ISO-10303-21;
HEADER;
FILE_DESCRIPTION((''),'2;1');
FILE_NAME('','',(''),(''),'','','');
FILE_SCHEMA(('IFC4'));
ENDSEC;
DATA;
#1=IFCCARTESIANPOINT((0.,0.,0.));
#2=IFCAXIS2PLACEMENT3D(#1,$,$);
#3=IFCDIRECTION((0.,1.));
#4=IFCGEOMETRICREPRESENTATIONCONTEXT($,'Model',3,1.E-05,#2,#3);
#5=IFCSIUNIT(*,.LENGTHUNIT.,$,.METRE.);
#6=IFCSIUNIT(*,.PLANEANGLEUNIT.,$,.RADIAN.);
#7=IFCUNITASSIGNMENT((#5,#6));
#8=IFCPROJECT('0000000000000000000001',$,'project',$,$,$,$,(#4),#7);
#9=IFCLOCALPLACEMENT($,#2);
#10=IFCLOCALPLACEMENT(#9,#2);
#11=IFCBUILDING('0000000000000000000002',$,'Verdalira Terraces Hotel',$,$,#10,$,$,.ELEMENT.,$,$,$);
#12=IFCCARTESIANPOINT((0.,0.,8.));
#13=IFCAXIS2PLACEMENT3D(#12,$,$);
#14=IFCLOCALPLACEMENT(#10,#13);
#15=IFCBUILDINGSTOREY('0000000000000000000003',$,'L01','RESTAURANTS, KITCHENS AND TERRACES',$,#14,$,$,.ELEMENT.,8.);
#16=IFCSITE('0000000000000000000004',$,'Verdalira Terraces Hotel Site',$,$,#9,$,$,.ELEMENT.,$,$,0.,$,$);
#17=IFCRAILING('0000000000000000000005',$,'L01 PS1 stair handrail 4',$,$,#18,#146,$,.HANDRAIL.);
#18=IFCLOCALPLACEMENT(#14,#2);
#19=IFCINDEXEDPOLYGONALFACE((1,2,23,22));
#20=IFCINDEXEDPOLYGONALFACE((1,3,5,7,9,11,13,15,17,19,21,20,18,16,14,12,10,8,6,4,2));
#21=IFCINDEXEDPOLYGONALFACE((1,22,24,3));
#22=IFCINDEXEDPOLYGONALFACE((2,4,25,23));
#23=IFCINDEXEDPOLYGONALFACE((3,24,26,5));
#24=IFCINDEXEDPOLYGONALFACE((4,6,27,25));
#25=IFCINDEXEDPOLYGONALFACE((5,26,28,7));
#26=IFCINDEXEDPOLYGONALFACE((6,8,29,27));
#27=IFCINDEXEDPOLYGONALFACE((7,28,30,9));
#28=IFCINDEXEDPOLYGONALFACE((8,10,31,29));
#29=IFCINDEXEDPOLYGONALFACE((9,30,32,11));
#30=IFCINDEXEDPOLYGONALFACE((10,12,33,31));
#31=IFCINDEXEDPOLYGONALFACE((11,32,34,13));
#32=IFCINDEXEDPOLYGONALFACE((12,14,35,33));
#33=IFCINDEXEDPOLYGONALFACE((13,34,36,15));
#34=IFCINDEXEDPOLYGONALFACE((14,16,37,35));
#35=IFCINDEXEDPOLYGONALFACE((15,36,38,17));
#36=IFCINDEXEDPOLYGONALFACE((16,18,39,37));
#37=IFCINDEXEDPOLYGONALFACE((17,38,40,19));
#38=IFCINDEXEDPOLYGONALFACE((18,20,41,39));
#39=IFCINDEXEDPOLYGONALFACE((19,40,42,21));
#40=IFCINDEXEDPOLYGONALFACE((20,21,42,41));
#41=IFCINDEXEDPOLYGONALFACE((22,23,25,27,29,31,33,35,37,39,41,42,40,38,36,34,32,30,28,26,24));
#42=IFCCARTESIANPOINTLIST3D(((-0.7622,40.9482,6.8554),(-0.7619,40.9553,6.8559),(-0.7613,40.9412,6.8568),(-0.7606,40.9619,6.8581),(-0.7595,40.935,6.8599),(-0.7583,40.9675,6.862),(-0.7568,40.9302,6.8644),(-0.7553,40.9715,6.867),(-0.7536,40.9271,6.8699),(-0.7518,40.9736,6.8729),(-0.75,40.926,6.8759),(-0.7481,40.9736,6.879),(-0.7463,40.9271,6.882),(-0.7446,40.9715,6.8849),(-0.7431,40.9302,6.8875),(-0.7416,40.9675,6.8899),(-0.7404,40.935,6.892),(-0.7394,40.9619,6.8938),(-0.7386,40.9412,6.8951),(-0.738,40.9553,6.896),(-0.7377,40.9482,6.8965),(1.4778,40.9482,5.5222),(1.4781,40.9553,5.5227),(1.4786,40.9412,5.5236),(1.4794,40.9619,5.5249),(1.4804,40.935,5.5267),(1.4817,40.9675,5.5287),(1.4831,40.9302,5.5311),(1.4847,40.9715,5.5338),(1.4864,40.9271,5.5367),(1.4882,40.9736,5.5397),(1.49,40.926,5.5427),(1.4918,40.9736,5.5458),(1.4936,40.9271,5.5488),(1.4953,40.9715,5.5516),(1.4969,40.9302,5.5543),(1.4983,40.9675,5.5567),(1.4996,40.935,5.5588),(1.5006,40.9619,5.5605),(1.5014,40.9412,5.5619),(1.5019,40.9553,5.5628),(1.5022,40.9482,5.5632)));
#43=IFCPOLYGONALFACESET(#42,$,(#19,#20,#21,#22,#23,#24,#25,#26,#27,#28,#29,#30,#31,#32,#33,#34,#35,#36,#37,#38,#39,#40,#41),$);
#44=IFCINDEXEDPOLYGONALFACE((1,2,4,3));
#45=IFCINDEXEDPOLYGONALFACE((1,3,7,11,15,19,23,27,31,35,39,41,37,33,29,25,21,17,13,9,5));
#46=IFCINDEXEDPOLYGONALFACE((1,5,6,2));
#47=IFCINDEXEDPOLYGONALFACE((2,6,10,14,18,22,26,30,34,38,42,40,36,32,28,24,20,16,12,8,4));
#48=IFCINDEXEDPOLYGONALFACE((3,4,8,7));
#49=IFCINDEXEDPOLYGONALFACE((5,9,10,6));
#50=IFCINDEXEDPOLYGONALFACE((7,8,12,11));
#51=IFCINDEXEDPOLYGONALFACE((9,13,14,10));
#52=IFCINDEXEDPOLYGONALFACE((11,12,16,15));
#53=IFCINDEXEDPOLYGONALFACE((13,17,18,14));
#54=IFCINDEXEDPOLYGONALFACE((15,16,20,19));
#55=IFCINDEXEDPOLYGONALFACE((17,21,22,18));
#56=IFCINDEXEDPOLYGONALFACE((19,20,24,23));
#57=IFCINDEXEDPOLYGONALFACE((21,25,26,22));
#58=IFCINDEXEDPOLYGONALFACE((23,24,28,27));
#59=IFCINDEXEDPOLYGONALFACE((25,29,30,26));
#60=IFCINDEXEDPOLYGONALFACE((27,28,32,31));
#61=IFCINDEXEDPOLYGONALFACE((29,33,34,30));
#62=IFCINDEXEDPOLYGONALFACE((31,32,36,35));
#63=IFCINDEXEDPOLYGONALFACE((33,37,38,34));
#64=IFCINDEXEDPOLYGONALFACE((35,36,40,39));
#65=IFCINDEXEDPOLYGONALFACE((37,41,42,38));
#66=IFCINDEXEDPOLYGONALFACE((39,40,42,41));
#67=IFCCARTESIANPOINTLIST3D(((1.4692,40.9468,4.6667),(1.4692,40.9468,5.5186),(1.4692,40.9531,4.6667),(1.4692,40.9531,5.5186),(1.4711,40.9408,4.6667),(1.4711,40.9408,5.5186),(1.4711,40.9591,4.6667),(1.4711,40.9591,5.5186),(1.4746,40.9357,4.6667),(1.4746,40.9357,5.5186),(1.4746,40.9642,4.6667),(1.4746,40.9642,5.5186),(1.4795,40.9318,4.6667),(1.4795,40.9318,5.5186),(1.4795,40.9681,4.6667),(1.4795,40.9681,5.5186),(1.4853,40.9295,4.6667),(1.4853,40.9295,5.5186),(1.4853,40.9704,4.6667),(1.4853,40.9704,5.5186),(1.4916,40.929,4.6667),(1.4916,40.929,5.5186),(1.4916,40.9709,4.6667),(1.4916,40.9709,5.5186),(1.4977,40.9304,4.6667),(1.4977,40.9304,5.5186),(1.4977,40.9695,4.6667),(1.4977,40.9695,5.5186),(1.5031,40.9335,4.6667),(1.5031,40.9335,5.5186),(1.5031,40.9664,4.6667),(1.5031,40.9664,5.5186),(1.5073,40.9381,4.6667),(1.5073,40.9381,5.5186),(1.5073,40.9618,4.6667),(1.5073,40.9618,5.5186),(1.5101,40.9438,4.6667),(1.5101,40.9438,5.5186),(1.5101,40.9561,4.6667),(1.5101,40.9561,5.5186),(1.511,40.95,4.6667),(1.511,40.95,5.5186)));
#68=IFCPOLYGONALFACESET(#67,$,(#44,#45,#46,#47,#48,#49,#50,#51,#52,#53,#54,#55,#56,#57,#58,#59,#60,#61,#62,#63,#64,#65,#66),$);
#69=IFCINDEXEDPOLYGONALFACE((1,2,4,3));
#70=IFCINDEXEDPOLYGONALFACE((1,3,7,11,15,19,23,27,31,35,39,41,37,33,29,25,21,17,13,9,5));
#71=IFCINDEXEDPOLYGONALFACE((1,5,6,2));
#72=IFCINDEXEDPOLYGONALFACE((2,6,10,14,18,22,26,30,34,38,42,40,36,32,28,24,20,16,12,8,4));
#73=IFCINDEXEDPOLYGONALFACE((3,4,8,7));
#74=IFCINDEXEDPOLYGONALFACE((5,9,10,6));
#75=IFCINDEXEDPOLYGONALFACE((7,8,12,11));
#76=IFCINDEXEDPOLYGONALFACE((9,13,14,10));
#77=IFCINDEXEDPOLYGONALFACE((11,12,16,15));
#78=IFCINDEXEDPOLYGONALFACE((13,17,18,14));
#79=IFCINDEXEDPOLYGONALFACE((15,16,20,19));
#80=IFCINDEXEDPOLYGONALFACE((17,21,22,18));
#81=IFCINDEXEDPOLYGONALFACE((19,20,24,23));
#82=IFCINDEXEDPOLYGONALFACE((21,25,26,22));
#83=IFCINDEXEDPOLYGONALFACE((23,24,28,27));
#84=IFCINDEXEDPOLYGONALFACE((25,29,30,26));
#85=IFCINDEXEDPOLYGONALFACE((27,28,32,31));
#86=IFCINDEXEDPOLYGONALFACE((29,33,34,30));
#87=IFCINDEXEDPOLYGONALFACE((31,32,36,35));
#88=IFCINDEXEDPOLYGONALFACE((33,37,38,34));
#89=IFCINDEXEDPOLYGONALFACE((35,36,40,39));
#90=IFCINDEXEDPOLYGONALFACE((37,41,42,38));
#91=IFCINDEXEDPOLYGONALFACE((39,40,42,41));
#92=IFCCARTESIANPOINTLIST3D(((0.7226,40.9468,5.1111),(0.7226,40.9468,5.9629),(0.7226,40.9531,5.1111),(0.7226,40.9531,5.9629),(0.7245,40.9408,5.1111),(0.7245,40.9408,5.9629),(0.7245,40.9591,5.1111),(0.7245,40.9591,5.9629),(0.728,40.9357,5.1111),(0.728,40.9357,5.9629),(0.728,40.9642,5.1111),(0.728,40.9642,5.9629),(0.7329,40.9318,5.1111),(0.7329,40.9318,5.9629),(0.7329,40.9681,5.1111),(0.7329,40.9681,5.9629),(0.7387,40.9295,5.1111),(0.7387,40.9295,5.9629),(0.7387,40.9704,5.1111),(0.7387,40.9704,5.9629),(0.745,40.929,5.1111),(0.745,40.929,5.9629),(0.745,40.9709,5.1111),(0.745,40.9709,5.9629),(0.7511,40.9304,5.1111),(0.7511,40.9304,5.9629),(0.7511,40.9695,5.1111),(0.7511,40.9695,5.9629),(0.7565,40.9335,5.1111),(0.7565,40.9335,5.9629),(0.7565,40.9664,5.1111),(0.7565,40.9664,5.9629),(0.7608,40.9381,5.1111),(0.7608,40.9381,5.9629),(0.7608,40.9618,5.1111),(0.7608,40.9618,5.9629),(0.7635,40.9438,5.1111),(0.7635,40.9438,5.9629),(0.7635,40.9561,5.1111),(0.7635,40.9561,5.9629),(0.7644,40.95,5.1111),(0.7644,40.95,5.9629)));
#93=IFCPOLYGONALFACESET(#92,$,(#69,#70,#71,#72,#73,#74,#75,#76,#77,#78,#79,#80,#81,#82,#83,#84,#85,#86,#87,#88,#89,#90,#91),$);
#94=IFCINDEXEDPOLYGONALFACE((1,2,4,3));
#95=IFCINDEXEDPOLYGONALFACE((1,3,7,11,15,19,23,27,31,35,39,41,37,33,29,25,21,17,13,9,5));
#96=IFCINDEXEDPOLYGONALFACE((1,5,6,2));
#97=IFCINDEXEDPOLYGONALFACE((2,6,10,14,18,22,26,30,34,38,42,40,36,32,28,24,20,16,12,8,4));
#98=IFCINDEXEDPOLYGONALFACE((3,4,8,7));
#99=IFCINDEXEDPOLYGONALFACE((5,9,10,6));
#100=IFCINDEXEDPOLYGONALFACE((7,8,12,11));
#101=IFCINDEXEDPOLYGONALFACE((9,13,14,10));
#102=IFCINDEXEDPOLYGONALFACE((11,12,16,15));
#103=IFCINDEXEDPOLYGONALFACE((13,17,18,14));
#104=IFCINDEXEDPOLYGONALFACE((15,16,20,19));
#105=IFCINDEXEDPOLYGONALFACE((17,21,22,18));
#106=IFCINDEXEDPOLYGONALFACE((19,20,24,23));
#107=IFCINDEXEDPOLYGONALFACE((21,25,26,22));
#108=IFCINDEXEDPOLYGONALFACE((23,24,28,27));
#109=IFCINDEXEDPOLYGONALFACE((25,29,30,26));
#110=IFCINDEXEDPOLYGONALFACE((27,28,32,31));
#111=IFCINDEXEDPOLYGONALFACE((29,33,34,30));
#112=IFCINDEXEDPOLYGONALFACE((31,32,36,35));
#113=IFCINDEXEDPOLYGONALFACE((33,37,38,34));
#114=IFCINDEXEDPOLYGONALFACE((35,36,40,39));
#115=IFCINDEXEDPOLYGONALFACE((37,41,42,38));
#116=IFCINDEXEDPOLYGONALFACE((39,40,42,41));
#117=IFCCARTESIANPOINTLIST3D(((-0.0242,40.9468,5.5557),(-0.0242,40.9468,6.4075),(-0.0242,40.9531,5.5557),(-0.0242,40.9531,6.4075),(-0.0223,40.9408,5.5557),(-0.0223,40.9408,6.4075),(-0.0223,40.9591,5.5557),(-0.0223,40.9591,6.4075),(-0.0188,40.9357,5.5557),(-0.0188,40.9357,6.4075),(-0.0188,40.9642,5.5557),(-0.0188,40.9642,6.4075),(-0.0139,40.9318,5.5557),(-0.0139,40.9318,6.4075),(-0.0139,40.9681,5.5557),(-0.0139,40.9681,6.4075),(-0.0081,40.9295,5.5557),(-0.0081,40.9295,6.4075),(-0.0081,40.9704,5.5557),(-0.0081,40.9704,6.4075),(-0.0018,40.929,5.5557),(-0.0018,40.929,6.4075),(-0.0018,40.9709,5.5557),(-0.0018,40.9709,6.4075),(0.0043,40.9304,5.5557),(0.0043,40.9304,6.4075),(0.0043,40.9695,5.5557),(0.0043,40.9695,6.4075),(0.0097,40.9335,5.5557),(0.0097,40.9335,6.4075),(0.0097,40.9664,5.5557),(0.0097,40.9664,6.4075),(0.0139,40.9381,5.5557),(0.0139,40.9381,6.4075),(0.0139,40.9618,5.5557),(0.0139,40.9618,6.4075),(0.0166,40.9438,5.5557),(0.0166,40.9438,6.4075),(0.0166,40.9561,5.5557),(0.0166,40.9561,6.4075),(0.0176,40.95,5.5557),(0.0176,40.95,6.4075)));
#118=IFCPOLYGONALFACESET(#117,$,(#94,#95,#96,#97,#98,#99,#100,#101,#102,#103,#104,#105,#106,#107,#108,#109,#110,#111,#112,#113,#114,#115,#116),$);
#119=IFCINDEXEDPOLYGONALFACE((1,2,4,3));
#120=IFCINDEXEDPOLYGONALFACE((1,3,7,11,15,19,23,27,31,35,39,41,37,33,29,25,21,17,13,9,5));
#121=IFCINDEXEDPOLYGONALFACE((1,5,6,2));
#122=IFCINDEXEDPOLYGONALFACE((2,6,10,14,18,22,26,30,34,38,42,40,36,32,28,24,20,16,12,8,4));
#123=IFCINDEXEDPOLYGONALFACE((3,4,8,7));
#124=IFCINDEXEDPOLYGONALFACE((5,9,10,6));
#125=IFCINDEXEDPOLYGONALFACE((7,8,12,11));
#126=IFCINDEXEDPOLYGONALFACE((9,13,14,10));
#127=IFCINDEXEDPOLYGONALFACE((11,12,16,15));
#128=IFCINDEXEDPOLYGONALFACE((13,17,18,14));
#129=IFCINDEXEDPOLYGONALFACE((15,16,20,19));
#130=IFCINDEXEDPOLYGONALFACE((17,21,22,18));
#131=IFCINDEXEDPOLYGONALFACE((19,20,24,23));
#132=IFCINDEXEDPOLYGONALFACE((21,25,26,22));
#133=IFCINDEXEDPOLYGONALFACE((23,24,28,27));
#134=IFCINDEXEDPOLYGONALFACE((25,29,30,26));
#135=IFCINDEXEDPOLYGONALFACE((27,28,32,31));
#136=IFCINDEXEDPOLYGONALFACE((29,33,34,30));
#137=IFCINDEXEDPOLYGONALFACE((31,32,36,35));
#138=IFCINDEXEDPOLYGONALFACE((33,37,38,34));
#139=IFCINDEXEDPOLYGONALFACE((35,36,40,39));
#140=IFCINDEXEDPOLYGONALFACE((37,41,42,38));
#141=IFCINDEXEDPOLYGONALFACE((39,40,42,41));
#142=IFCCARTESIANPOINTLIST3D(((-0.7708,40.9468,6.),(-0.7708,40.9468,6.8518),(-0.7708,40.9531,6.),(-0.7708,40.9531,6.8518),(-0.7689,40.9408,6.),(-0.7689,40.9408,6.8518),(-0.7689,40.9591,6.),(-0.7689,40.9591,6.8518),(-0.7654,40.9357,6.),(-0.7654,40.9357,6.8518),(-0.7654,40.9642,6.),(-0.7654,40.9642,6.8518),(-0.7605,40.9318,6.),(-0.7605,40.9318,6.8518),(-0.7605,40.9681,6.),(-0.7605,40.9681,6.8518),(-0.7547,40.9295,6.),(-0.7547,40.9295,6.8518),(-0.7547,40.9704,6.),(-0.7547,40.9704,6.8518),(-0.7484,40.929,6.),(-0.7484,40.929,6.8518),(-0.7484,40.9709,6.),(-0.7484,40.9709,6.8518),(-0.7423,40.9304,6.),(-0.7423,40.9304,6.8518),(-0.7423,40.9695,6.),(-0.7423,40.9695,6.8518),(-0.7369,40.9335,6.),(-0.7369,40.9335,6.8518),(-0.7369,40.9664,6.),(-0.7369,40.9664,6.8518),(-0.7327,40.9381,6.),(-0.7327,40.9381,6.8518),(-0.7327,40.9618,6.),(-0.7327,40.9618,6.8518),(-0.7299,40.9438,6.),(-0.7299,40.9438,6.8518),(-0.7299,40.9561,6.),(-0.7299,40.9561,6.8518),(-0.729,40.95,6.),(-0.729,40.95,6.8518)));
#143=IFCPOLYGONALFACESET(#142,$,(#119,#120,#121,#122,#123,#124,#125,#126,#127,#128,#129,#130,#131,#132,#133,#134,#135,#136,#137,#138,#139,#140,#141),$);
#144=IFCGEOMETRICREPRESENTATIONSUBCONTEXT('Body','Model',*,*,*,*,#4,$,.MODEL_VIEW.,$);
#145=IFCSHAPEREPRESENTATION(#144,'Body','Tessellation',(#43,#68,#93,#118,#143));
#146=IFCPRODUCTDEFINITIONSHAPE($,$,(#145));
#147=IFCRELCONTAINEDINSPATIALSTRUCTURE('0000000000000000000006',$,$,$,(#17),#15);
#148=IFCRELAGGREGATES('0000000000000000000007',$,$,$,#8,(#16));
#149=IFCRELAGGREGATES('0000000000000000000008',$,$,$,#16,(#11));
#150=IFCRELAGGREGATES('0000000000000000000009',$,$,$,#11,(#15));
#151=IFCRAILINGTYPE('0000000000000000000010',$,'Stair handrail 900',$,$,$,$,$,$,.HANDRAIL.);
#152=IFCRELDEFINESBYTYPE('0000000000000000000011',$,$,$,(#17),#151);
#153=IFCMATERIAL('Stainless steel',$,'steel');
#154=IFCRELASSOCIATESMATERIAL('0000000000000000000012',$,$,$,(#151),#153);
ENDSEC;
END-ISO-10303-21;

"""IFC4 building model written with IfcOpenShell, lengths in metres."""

from ifc_helpers import new_model, si_unit, direction, frame, origin, origin_2d, place, context, subcontext, project, spatial, circle, extrude, material, type_object, element, save


model = new_model("IFC4")

# Units and contexts
model_context = context("Model", 3, precision=1e-05, world=origin(), true_north=direction((0.0, 1.0)))
body_context = subcontext(model_context, "Body", "Model", "MODEL_VIEW")
ifc_project = project(units=[si_unit("LENGTHUNIT", "METRE"), si_unit("PLANEANGLEUNIT", "RADIAN")], contexts=[model_context])

# Site, building, storey
site_placement = place(None, origin())
site = spatial("IfcSite", under=ifc_project, at=site_placement, Name="Verdalira Terraces Hotel Site", CompositionType="ELEMENT", RefElevation=0.0)
building_placement = place(site_placement, origin())
building = spatial("IfcBuilding", under=site, at=building_placement, Name="Verdalira Terraces Hotel", CompositionType="ELEMENT")
storey_placement = place(building_placement, frame((0.0, 0.0, 8.0)))
storey = spatial("IfcBuildingStorey", under=building, at=storey_placement, Name="L01", Description="RESTAURANTS, KITCHENS AND TERRACES", CompositionType="ELEMENT", Elevation=8.0)

# Railing
ifc_material_1 = material(Name="Stainless steel", Category="steel")
railing_type_1 = type_object("IfcRailingType", Name="Stair handrail 900", PredefinedType="HANDRAIL", material=ifc_material_1)
for number, where, name in (
    (1, (1.49, 40.95, 4.6667), "L01 PS1 stair handrail 4"),
):
    element("IfcRailing", number, at=place(storey_placement, frame(where)), inside=storey, type_object=railing_type_1, Name=name, PredefinedType="HANDRAIL", context=body_context, shape_type="SweptSolid", body=[
        extrude(circle(Radius=0.0239, at=origin_2d()), frame((0.0, 0.0, 0.876), z_axis=(-0.859306, 0.0, 0.511462), x_axis=(0.0, -1.0, 0.0)), (0.0, 0.0, 1.0), 2.6067),
        extrude(circle(Radius=0.021, at=origin_2d()), origin(), (0.0, 0.0, 1.0), 0.8518),
        extrude(circle(Radius=0.021, at=origin_2d()), frame((-0.7466, 0.0, 0.4443)), (0.0, 0.0, 1.0), 0.8518),
        extrude(circle(Radius=0.021, at=origin_2d()), frame((-1.4934, 0.0, 0.8889)), (0.0, 0.0, 1.0), 0.8518),
        extrude(circle(Radius=0.021, at=origin_2d()), frame((-2.24, 0.0, 1.3333)), (0.0, 0.0, 1.0), 0.8518),
    ])

save(model, "model.ifc")
